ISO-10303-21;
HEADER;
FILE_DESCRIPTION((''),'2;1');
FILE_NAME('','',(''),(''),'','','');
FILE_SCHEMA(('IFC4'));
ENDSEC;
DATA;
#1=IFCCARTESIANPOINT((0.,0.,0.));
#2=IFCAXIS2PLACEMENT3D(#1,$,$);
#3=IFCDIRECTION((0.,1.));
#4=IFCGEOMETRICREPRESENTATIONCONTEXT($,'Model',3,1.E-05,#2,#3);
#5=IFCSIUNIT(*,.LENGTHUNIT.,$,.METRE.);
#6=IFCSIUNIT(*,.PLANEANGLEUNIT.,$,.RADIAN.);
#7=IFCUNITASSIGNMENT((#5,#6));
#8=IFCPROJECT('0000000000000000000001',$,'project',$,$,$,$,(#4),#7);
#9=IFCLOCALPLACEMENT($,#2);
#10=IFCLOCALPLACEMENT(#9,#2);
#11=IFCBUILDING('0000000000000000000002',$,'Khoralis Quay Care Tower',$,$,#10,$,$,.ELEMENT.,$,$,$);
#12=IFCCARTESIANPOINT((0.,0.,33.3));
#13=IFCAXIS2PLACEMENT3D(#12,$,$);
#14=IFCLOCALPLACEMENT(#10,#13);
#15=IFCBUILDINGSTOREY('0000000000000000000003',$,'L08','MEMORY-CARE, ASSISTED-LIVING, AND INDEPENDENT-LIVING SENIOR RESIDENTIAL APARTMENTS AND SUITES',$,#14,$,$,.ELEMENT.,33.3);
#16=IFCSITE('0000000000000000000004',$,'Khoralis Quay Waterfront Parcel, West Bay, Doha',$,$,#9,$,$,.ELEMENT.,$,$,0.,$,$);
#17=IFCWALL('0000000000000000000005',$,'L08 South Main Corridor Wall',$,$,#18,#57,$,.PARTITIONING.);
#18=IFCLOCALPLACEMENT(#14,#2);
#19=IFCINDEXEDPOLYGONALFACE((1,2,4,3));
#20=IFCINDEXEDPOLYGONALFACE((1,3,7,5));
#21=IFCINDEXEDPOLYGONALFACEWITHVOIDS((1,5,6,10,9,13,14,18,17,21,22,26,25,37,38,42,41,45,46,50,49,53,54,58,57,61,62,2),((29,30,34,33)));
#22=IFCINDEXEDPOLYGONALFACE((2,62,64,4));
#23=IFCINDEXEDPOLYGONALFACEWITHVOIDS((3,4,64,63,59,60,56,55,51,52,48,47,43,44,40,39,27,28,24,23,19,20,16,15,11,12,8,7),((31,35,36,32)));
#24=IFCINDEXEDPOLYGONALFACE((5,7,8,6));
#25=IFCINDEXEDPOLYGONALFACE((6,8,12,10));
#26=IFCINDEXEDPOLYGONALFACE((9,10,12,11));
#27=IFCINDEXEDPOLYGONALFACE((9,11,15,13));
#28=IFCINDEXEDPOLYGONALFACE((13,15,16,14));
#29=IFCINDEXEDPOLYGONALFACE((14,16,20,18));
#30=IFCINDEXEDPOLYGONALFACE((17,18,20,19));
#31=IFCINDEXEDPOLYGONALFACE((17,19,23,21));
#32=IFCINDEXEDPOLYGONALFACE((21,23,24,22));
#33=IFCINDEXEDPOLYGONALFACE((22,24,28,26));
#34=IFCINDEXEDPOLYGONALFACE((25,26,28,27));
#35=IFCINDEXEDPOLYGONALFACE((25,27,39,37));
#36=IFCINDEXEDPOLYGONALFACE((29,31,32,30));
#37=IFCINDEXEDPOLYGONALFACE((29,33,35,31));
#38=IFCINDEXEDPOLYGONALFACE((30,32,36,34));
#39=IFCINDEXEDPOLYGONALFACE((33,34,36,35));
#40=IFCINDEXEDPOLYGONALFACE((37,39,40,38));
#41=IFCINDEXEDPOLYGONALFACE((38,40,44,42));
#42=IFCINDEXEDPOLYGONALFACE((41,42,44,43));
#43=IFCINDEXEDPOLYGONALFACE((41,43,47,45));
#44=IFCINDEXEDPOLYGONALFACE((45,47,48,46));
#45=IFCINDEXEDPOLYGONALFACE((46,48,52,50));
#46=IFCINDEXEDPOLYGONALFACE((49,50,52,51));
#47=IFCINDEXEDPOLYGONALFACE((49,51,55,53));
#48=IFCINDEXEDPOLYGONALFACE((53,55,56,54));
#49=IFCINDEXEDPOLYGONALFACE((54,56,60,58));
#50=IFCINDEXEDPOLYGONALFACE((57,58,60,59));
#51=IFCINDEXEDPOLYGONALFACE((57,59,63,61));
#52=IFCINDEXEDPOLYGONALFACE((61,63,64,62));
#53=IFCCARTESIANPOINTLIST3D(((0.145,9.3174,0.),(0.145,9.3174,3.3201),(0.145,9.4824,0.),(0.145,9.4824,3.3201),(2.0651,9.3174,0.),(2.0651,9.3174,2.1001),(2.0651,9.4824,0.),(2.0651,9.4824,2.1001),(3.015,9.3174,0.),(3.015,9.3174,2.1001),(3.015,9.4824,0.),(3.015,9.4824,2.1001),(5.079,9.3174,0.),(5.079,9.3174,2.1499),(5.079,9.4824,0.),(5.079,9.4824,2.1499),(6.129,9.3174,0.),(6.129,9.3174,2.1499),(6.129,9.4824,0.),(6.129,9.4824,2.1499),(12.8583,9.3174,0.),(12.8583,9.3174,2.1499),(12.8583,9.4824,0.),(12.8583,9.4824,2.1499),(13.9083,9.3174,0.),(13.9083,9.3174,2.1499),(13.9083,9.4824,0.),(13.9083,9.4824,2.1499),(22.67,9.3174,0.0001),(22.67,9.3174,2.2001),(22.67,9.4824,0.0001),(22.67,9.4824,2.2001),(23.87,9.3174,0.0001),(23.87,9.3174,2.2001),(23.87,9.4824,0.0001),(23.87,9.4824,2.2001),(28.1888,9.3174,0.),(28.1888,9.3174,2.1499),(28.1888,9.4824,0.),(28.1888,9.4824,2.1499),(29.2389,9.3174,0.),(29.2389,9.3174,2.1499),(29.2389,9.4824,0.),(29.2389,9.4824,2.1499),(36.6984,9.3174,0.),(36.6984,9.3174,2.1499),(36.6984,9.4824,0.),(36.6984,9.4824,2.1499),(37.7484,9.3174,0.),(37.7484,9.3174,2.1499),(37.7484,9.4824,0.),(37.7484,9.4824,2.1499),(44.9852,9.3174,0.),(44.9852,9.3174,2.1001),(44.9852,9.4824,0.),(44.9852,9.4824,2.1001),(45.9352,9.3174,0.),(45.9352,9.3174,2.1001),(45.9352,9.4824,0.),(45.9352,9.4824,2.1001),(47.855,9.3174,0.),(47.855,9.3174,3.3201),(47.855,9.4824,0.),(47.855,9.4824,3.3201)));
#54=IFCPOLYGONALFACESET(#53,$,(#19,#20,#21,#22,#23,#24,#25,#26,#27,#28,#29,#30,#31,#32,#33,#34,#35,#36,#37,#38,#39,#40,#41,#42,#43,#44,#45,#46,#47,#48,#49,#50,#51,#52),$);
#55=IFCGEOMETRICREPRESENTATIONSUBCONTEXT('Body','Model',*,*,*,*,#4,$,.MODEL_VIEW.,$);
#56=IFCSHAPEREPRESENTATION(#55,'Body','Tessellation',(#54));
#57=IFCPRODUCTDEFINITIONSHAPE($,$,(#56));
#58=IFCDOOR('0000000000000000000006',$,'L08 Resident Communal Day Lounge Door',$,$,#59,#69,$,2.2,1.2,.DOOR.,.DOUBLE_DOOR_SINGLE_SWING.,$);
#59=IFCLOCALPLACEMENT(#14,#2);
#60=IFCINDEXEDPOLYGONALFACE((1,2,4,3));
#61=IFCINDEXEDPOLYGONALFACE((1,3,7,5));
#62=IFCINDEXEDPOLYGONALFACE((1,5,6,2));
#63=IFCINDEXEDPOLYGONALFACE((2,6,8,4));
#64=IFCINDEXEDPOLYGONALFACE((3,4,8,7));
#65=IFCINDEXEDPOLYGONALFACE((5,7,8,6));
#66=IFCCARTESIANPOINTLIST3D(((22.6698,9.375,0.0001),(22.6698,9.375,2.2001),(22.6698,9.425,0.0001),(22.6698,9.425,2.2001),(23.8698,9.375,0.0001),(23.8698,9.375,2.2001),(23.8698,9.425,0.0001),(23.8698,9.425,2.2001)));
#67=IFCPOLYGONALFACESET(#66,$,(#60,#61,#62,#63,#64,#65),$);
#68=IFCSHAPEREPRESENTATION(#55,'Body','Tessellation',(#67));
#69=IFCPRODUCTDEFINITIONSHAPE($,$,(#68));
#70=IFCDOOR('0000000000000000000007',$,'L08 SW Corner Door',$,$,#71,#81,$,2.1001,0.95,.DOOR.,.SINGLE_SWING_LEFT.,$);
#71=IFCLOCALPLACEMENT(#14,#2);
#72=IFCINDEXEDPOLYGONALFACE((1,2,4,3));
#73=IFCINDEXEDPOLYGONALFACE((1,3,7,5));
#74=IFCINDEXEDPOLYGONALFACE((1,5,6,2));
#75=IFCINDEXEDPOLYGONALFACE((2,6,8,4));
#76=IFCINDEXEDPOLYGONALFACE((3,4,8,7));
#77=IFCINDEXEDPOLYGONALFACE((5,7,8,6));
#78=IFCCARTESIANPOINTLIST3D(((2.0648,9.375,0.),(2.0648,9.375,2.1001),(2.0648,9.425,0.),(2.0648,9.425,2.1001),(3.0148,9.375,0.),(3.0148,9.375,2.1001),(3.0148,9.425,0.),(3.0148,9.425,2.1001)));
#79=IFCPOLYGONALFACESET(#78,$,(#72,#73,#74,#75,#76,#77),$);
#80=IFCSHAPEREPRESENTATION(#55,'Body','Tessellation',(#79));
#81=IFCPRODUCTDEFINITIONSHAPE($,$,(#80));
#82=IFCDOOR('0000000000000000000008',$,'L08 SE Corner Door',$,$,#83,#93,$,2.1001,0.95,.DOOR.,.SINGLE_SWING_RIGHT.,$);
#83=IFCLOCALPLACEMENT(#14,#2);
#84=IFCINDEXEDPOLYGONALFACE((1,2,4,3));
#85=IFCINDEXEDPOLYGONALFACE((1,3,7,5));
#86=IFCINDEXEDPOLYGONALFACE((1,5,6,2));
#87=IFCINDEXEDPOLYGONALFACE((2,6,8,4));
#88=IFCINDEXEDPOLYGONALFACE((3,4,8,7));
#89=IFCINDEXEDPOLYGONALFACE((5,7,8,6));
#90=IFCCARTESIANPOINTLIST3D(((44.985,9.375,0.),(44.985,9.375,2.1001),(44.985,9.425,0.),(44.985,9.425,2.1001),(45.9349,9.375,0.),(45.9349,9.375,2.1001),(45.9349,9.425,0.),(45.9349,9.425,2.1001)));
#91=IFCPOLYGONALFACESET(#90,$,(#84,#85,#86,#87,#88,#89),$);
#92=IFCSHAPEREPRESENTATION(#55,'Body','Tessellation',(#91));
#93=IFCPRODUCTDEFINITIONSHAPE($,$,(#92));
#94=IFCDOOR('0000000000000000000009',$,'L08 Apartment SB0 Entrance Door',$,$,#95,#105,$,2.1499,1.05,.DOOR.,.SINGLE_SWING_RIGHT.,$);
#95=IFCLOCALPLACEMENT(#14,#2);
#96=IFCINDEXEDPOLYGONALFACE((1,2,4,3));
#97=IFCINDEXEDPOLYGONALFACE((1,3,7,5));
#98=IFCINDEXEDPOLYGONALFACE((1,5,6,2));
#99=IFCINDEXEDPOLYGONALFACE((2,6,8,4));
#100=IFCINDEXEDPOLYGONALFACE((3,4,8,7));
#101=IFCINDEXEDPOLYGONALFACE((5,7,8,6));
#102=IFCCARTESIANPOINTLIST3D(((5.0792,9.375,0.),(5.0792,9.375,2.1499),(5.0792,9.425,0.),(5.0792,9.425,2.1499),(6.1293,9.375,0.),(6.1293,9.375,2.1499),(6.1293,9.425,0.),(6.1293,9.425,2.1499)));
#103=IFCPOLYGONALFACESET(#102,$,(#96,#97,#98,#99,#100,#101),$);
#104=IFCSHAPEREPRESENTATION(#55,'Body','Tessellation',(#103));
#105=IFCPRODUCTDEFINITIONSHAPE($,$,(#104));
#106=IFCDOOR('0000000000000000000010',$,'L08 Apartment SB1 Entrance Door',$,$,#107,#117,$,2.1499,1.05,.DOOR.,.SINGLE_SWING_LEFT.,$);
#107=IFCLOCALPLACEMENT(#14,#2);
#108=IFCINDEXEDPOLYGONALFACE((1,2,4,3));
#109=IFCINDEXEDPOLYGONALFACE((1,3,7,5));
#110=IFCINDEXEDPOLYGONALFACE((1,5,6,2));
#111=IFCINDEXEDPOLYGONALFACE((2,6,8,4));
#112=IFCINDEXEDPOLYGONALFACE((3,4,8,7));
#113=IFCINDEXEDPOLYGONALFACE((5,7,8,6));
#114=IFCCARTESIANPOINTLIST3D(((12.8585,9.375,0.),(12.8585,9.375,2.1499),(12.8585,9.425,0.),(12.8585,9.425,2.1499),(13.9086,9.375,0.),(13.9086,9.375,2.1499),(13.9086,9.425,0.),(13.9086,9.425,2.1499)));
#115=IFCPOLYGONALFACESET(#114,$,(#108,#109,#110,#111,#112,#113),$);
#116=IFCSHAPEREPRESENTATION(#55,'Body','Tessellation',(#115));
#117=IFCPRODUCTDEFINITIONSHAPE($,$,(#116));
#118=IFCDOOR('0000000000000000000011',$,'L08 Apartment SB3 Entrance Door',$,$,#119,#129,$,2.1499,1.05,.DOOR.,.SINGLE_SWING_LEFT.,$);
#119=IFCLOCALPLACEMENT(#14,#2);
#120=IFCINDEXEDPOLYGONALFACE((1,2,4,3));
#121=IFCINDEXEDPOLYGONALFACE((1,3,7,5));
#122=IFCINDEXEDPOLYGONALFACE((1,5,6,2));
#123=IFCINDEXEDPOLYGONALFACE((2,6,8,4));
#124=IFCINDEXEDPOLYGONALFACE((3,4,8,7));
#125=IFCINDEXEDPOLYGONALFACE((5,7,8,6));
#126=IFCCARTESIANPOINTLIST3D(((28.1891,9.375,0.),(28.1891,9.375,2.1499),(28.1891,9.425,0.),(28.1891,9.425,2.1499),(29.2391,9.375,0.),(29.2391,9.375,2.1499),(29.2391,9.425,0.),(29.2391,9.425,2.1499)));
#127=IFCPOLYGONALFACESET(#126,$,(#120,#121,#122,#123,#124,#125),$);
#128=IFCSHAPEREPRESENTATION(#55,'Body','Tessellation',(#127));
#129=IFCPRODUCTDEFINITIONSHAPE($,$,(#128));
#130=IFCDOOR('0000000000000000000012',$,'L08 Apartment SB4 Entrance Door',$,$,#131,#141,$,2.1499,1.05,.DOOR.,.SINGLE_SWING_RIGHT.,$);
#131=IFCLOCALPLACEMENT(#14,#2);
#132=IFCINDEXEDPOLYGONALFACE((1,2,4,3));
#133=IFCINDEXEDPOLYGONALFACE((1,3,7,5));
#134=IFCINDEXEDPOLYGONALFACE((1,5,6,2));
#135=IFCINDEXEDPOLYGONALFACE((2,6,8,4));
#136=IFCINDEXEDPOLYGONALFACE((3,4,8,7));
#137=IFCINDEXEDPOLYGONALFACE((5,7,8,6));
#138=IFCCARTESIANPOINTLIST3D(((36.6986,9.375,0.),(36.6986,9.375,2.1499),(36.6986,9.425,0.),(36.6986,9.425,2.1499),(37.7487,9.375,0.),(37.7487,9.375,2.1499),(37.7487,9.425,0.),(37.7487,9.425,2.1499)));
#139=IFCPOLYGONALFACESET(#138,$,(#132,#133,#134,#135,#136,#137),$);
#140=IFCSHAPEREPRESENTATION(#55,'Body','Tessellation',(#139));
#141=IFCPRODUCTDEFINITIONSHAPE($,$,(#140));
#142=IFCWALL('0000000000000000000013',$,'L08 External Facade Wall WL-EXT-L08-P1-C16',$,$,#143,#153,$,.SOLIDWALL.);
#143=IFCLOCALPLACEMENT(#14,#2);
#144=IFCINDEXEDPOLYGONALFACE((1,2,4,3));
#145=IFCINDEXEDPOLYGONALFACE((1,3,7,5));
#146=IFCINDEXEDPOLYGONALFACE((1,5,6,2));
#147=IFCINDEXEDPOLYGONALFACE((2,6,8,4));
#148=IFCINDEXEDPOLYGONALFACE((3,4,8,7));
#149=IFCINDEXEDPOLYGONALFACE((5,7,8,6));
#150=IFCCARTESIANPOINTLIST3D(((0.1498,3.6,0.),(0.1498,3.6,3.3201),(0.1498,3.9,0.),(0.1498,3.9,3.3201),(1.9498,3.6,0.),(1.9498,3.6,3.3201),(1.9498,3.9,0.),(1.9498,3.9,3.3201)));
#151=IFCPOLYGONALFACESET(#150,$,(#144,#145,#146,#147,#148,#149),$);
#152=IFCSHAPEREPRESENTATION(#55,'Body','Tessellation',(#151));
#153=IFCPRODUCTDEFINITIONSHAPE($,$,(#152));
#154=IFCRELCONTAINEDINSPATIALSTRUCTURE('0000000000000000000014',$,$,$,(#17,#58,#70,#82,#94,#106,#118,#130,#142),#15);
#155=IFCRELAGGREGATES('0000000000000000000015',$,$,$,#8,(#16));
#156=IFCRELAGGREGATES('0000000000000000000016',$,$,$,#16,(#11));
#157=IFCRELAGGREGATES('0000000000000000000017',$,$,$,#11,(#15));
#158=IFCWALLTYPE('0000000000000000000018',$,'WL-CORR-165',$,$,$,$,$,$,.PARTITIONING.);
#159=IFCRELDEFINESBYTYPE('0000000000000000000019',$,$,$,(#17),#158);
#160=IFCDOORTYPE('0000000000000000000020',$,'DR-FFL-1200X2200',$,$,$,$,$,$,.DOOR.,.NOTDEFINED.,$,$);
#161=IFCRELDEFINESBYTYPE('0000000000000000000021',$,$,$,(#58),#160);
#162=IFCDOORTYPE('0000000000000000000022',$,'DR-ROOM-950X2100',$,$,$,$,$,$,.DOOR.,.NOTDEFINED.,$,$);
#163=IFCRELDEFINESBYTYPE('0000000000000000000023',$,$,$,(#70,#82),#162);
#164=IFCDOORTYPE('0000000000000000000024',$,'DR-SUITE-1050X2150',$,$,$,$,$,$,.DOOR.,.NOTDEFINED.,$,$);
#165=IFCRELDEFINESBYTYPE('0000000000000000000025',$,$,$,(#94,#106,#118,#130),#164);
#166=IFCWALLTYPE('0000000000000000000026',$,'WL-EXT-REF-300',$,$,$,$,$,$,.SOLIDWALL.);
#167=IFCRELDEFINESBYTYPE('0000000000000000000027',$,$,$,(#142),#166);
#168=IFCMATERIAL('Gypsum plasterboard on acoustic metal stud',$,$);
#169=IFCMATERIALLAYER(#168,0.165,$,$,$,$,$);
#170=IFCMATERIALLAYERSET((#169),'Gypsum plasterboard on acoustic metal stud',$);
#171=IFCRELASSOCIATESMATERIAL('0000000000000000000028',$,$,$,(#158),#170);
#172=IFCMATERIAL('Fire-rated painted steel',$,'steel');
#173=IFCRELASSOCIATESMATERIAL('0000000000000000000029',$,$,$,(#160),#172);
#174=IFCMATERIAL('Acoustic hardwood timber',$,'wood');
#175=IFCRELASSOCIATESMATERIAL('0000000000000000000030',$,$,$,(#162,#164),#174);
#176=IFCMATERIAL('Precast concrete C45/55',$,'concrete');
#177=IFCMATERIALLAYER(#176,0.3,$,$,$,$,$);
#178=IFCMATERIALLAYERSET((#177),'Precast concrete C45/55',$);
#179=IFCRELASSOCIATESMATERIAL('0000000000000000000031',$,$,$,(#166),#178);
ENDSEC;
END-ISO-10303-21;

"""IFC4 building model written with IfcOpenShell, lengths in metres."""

from ifc_helpers import new_model, si_unit, direction, frame, frame_2d, origin, place, context, subcontext, project, spatial, rectangle, extrude, source, transform, mapped, material, layer, layer_set, type_object, element, fill, save


model = new_model("IFC4")

# Units and contexts
model_context = context("Model", 3, precision=1e-05, world=origin(), true_north=direction((0.0, 1.0)))
body_context = subcontext(model_context, "Body", "Model", "MODEL_VIEW")
ifc_project = project(units=[si_unit("LENGTHUNIT", "METRE"), si_unit("PLANEANGLEUNIT", "RADIAN")], contexts=[model_context])

# Site, building, storey
site_placement = place(None, origin())
site = spatial("IfcSite", under=ifc_project, at=site_placement, Name="Khoralis Quay Waterfront Parcel, West Bay, Doha", CompositionType="ELEMENT", RefElevation=0.0)
building_placement = place(site_placement, origin())
building = spatial("IfcBuilding", under=site, at=building_placement, Name="Khoralis Quay Care Tower", CompositionType="ELEMENT")
storey_placement = place(building_placement, frame((0.0, 0.0, 33.3)))
storey = spatial("IfcBuildingStorey", under=building, at=storey_placement, Name="L08", Description="MEMORY-CARE, ASSISTED-LIVING, AND INDEPENDENT-LIVING SENIOR RESIDENTIAL APARTMENTS AND SUITES", CompositionType="ELEMENT", Elevation=33.3)

# Wall, openings, doors
ifc_material_1 = material(Name="Gypsum plasterboard on acoustic metal stud")
ifc_layer_1 = layer(ifc_material_1, 0.165)
ifc_layer_set_1 = layer_set([ifc_layer_1], Name="Gypsum plasterboard on acoustic metal stud")
wall_type_1 = type_object("IfcWallType", Name="WL-CORR-165", PredefinedType="PARTITIONING", material=ifc_layer_set_1)
wall_1_placement = place(storey_placement, frame((0.145, 9.3999, 0.0), z_axis=(0.0, 0.0, 1.0), x_axis=(1.0, 0.0, 0.0)))
wall_1 = element("IfcWall", 1, at=wall_1_placement, inside=storey, type_object=wall_type_1, Name="L08 South Main Corridor Wall", PredefinedType="PARTITIONING", context=body_context, shape_type="SweptSolid", body=[
    extrude(rectangle(XDim=47.71, YDim=0.165, at=frame_2d((23.855, 0.0))), origin(), (0.0, 0.0, 1.0), 3.3201),
])
opening_1_placement = place(wall_1_placement, frame((4.9341, 0.0, 0.0)))
opening_1 = element("IfcOpeningElement", 2, at=opening_1_placement, cuts=wall_1, PredefinedType="OPENING", context=body_context, shape_type="SweptSolid", body=[
    extrude(rectangle(XDim=1.05, YDim=2.1499, at=frame_2d((0.5249, 1.075))), frame((0.0, 0.0925, 0.0), z_axis=(0.0, -1.0, 0.0), x_axis=(1.0, 0.0, 0.0)), (0.0, 0.0, 1.0), 0.1851),
])
opening_2_placement = place(wall_1_placement, frame((12.7134, 0.0, 0.0)))
opening_2 = element("IfcOpeningElement", 3, at=opening_2_placement, cuts=wall_1, PredefinedType="OPENING", context=body_context, shape_type="SweptSolid", body=[
    extrude(rectangle(XDim=1.05, YDim=2.1499, at=frame_2d((0.5249, 1.075))), frame((0.0, 0.0925, 0.0), z_axis=(0.0, -1.0, 0.0), x_axis=(1.0, 0.0, 0.0)), (0.0, 0.0, 1.0), 0.1851),
])
opening_3_placement = place(wall_1_placement, frame((22.5249, 0.0, 0.0)))
opening_3 = element("IfcOpeningElement", 4, at=opening_3_placement, cuts=wall_1, PredefinedType="OPENING", context=body_context, shape_type="SweptSolid", body=[
    extrude(rectangle(XDim=1.2, YDim=2.2, at=frame_2d((0.6001, 1.1001))), frame((0.0, 0.0925, 0.0), z_axis=(0.0, -1.0, 0.0), x_axis=(1.0, 0.0, 0.0)), (0.0, 0.0, 1.0), 0.1851),
])
opening_4_placement = place(wall_1_placement, frame((28.0439, 0.0, 0.0)))
opening_4 = element("IfcOpeningElement", 5, at=opening_4_placement, cuts=wall_1, PredefinedType="OPENING", context=body_context, shape_type="SweptSolid", body=[
    extrude(rectangle(XDim=1.05, YDim=2.1499, at=frame_2d((0.5249, 1.075))), frame((0.0, 0.0925, 0.0), z_axis=(0.0, -1.0, 0.0), x_axis=(1.0, 0.0, 0.0)), (0.0, 0.0, 1.0), 0.1851),
])
opening_5_placement = place(wall_1_placement, frame((36.5535, 0.0, 0.0)))
opening_5 = element("IfcOpeningElement", 6, at=opening_5_placement, cuts=wall_1, PredefinedType="OPENING", context=body_context, shape_type="SweptSolid", body=[
    extrude(rectangle(XDim=1.05, YDim=2.1499, at=frame_2d((0.5249, 1.075))), frame((0.0, 0.0925, 0.0), z_axis=(0.0, -1.0, 0.0), x_axis=(1.0, 0.0, 0.0)), (0.0, 0.0, 1.0), 0.1851),
])
opening_6_placement = place(wall_1_placement, frame((1.9199, 0.0, 0.0)))
opening_6 = element("IfcOpeningElement", 7, at=opening_6_placement, cuts=wall_1, PredefinedType="OPENING", context=body_context, shape_type="SweptSolid", body=[
    extrude(rectangle(XDim=0.95, YDim=2.1001, at=frame_2d((0.4751, 1.05))), frame((0.0, 0.0925, 0.0), z_axis=(0.0, -1.0, 0.0), x_axis=(1.0, 0.0, 0.0)), (0.0, 0.0, 1.0), 0.1851),
])
opening_7_placement = place(wall_1_placement, frame((44.8401, 0.0, 0.0)))
opening_7 = element("IfcOpeningElement", 8, at=opening_7_placement, cuts=wall_1, PredefinedType="OPENING", context=body_context, shape_type="SweptSolid", body=[
    extrude(rectangle(XDim=0.95, YDim=2.1001, at=frame_2d((0.4751, 1.05))), frame((0.0, 0.0925, 0.0), z_axis=(0.0, -1.0, 0.0), x_axis=(1.0, 0.0, 0.0)), (0.0, 0.0, 1.0), 0.1851),
])
ifc_material_2 = material(Name="Fire-rated painted steel", Category="steel")
door_type_1 = type_object("IfcDoorType", Name="DR-FFL-1200X2200", OperationType="NOTDEFINED", PredefinedType="DOOR", material=ifc_material_2)
shared_shape_1 = source(origin(), body_context, "Body", "SweptSolid", [
    extrude(rectangle(XDim=1.2, YDim=2.2, at=frame_2d((0.6001, 1.1001))), frame((0.0, 0.0249, 0.0), z_axis=(0.0, -1.0, 0.0), x_axis=(1.0, 0.0, 0.0)), (0.0, 0.0, 1.0), 0.05),
])
door_1_placement = place(opening_3_placement, frame((1.2, 0.0, 0.0), z_axis=(0.0, 0.0, 1.0), x_axis=(-1.0, 0.0, 0.0)))
door_1 = element("IfcDoor", 9, at=door_1_placement, inside=storey, type_object=door_type_1, Name="L08 Resident Communal Day Lounge Door", OperationType="DOUBLE_DOOR_SINGLE_SWING", OverallHeight=2.2, OverallWidth=1.2, PredefinedType="DOOR", context=body_context, shape_type="MappedRepresentation", body=[
    mapped(shared_shape_1, transform((0.0, 0.0, 0.0), scale=1.0)),
])
fill(opening_3, door_1)
ifc_material_3 = material(Name="Acoustic hardwood timber", Category="wood")
door_type_2 = type_object("IfcDoorType", Name="DR-ROOM-950X2100", OperationType="NOTDEFINED", PredefinedType="DOOR", material=ifc_material_3)
shared_shape_2 = source(origin(), body_context, "Body", "SweptSolid", [
    extrude(rectangle(XDim=0.95, YDim=2.1001, at=frame_2d((0.4751, 1.05))), frame((0.0, 0.0249, 0.0), z_axis=(0.0, -1.0, 0.0), x_axis=(1.0, 0.0, 0.0)), (0.0, 0.0, 1.0), 0.05),
])
door_2_placement = place(opening_6_placement, frame((0.95, 0.0, 0.0), z_axis=(0.0, 0.0, 1.0), x_axis=(-1.0, 0.0, 0.0)))
door_2 = element("IfcDoor", 10, at=door_2_placement, inside=storey, type_object=door_type_2, Name="L08 SW Corner Door", OperationType="SINGLE_SWING_LEFT", OverallHeight=2.1001, OverallWidth=0.95, PredefinedType="DOOR", context=body_context, shape_type="MappedRepresentation", body=[
    mapped(shared_shape_2, transform((0.0, 0.0, 0.0), scale=1.0)),
])
fill(opening_6, door_2)
door_3_placement = place(opening_7_placement, frame((0.95, 0.0, 0.0), z_axis=(0.0, 0.0, 1.0), x_axis=(-1.0, 0.0, 0.0)))
door_3 = element("IfcDoor", 11, at=door_3_placement, inside=storey, type_object=door_type_2, Name="L08 SE Corner Door", OperationType="SINGLE_SWING_RIGHT", OverallHeight=2.1001, OverallWidth=0.95, PredefinedType="DOOR", context=body_context, shape_type="MappedRepresentation", body=[
    mapped(shared_shape_2, transform((0.0, 0.0, 0.0), scale=1.0)),
])
fill(opening_7, door_3)
door_type_3 = type_object("IfcDoorType", Name="DR-SUITE-1050X2150", OperationType="NOTDEFINED", PredefinedType="DOOR", material=ifc_material_3)
shared_shape_3 = source(origin(), body_context, "Body", "SweptSolid", [
    extrude(rectangle(XDim=1.05, YDim=2.1499, at=frame_2d((0.5249, 1.075))), frame((0.0, 0.0249, 0.0), z_axis=(0.0, -1.0, 0.0), x_axis=(1.0, 0.0, 0.0)), (0.0, 0.0, 1.0), 0.05),
])
door_4_placement = place(opening_1_placement, frame((1.05, 0.0, 0.0), z_axis=(0.0, 0.0, 1.0), x_axis=(-1.0, 0.0, 0.0)))
door_4 = element("IfcDoor", 12, at=door_4_placement, inside=storey, type_object=door_type_3, Name="L08 Apartment SB0 Entrance Door", OperationType="SINGLE_SWING_RIGHT", OverallHeight=2.1499, OverallWidth=1.05, PredefinedType="DOOR", context=body_context, shape_type="MappedRepresentation", body=[
    mapped(shared_shape_3, transform((0.0, 0.0, 0.0), scale=1.0)),
])
fill(opening_1, door_4)
door_5_placement = place(opening_2_placement, frame((1.05, 0.0, 0.0), z_axis=(0.0, 0.0, 1.0), x_axis=(-1.0, 0.0, 0.0)))
door_5 = element("IfcDoor", 13, at=door_5_placement, inside=storey, type_object=door_type_3, Name="L08 Apartment SB1 Entrance Door", OperationType="SINGLE_SWING_LEFT", OverallHeight=2.1499, OverallWidth=1.05, PredefinedType="DOOR", context=body_context, shape_type="MappedRepresentation", body=[
    mapped(shared_shape_3, transform((0.0, 0.0, 0.0), scale=1.0)),
])
fill(opening_2, door_5)
door_6_placement = place(opening_4_placement, frame((1.05, 0.0, 0.0), z_axis=(0.0, 0.0, 1.0), x_axis=(-1.0, 0.0, 0.0)))
door_6 = element("IfcDoor", 14, at=door_6_placement, inside=storey, type_object=door_type_3, Name="L08 Apartment SB3 Entrance Door", OperationType="SINGLE_SWING_LEFT", OverallHeight=2.1499, OverallWidth=1.05, PredefinedType="DOOR", context=body_context, shape_type="MappedRepresentation", body=[
    mapped(shared_shape_3, transform((0.0, 0.0, 0.0), scale=1.0)),
])
fill(opening_4, door_6)
door_7_placement = place(opening_5_placement, frame((1.05, 0.0, 0.0), z_axis=(0.0, 0.0, 1.0), x_axis=(-1.0, 0.0, 0.0)))
door_7 = element("IfcDoor", 15, at=door_7_placement, inside=storey, type_object=door_type_3, Name="L08 Apartment SB4 Entrance Door", OperationType="SINGLE_SWING_RIGHT", OverallHeight=2.1499, OverallWidth=1.05, PredefinedType="DOOR", context=body_context, shape_type="MappedRepresentation", body=[
    mapped(shared_shape_3, transform((0.0, 0.0, 0.0), scale=1.0)),
])
fill(opening_5, door_7)

# Wall
ifc_material_4 = material(Name="Precast concrete C45/55", Category="concrete")
ifc_layer_2 = layer(ifc_material_4, 0.3)
ifc_layer_set_2 = layer_set([ifc_layer_2], Name="Precast concrete C45/55")
wall_type_2 = type_object("IfcWallType", Name="WL-EXT-REF-300", PredefinedType="SOLIDWALL", material=ifc_layer_set_2)
for number, where, z_axis, x_axis, name in (
    (16, (0.1499, 3.75, 0.0), (0.0, 0.0, 1.0), (1.0, 0.0, 0.0), "L08 External Facade Wall WL-EXT-L08-P1-C16"),
):
    element("IfcWall", number, at=place(storey_placement, frame(where, z_axis=z_axis, x_axis=x_axis)), inside=storey, type_object=wall_type_2, Name=name, PredefinedType="SOLIDWALL", context=body_context, shape_type="SweptSolid", body=[
        extrude(rectangle(XDim=1.8, YDim=0.3, at=frame_2d((0.8999, 0.0))), origin(), (0.0, 0.0, 1.0), 3.3201),
    ])

save(model, "model.ifc")
